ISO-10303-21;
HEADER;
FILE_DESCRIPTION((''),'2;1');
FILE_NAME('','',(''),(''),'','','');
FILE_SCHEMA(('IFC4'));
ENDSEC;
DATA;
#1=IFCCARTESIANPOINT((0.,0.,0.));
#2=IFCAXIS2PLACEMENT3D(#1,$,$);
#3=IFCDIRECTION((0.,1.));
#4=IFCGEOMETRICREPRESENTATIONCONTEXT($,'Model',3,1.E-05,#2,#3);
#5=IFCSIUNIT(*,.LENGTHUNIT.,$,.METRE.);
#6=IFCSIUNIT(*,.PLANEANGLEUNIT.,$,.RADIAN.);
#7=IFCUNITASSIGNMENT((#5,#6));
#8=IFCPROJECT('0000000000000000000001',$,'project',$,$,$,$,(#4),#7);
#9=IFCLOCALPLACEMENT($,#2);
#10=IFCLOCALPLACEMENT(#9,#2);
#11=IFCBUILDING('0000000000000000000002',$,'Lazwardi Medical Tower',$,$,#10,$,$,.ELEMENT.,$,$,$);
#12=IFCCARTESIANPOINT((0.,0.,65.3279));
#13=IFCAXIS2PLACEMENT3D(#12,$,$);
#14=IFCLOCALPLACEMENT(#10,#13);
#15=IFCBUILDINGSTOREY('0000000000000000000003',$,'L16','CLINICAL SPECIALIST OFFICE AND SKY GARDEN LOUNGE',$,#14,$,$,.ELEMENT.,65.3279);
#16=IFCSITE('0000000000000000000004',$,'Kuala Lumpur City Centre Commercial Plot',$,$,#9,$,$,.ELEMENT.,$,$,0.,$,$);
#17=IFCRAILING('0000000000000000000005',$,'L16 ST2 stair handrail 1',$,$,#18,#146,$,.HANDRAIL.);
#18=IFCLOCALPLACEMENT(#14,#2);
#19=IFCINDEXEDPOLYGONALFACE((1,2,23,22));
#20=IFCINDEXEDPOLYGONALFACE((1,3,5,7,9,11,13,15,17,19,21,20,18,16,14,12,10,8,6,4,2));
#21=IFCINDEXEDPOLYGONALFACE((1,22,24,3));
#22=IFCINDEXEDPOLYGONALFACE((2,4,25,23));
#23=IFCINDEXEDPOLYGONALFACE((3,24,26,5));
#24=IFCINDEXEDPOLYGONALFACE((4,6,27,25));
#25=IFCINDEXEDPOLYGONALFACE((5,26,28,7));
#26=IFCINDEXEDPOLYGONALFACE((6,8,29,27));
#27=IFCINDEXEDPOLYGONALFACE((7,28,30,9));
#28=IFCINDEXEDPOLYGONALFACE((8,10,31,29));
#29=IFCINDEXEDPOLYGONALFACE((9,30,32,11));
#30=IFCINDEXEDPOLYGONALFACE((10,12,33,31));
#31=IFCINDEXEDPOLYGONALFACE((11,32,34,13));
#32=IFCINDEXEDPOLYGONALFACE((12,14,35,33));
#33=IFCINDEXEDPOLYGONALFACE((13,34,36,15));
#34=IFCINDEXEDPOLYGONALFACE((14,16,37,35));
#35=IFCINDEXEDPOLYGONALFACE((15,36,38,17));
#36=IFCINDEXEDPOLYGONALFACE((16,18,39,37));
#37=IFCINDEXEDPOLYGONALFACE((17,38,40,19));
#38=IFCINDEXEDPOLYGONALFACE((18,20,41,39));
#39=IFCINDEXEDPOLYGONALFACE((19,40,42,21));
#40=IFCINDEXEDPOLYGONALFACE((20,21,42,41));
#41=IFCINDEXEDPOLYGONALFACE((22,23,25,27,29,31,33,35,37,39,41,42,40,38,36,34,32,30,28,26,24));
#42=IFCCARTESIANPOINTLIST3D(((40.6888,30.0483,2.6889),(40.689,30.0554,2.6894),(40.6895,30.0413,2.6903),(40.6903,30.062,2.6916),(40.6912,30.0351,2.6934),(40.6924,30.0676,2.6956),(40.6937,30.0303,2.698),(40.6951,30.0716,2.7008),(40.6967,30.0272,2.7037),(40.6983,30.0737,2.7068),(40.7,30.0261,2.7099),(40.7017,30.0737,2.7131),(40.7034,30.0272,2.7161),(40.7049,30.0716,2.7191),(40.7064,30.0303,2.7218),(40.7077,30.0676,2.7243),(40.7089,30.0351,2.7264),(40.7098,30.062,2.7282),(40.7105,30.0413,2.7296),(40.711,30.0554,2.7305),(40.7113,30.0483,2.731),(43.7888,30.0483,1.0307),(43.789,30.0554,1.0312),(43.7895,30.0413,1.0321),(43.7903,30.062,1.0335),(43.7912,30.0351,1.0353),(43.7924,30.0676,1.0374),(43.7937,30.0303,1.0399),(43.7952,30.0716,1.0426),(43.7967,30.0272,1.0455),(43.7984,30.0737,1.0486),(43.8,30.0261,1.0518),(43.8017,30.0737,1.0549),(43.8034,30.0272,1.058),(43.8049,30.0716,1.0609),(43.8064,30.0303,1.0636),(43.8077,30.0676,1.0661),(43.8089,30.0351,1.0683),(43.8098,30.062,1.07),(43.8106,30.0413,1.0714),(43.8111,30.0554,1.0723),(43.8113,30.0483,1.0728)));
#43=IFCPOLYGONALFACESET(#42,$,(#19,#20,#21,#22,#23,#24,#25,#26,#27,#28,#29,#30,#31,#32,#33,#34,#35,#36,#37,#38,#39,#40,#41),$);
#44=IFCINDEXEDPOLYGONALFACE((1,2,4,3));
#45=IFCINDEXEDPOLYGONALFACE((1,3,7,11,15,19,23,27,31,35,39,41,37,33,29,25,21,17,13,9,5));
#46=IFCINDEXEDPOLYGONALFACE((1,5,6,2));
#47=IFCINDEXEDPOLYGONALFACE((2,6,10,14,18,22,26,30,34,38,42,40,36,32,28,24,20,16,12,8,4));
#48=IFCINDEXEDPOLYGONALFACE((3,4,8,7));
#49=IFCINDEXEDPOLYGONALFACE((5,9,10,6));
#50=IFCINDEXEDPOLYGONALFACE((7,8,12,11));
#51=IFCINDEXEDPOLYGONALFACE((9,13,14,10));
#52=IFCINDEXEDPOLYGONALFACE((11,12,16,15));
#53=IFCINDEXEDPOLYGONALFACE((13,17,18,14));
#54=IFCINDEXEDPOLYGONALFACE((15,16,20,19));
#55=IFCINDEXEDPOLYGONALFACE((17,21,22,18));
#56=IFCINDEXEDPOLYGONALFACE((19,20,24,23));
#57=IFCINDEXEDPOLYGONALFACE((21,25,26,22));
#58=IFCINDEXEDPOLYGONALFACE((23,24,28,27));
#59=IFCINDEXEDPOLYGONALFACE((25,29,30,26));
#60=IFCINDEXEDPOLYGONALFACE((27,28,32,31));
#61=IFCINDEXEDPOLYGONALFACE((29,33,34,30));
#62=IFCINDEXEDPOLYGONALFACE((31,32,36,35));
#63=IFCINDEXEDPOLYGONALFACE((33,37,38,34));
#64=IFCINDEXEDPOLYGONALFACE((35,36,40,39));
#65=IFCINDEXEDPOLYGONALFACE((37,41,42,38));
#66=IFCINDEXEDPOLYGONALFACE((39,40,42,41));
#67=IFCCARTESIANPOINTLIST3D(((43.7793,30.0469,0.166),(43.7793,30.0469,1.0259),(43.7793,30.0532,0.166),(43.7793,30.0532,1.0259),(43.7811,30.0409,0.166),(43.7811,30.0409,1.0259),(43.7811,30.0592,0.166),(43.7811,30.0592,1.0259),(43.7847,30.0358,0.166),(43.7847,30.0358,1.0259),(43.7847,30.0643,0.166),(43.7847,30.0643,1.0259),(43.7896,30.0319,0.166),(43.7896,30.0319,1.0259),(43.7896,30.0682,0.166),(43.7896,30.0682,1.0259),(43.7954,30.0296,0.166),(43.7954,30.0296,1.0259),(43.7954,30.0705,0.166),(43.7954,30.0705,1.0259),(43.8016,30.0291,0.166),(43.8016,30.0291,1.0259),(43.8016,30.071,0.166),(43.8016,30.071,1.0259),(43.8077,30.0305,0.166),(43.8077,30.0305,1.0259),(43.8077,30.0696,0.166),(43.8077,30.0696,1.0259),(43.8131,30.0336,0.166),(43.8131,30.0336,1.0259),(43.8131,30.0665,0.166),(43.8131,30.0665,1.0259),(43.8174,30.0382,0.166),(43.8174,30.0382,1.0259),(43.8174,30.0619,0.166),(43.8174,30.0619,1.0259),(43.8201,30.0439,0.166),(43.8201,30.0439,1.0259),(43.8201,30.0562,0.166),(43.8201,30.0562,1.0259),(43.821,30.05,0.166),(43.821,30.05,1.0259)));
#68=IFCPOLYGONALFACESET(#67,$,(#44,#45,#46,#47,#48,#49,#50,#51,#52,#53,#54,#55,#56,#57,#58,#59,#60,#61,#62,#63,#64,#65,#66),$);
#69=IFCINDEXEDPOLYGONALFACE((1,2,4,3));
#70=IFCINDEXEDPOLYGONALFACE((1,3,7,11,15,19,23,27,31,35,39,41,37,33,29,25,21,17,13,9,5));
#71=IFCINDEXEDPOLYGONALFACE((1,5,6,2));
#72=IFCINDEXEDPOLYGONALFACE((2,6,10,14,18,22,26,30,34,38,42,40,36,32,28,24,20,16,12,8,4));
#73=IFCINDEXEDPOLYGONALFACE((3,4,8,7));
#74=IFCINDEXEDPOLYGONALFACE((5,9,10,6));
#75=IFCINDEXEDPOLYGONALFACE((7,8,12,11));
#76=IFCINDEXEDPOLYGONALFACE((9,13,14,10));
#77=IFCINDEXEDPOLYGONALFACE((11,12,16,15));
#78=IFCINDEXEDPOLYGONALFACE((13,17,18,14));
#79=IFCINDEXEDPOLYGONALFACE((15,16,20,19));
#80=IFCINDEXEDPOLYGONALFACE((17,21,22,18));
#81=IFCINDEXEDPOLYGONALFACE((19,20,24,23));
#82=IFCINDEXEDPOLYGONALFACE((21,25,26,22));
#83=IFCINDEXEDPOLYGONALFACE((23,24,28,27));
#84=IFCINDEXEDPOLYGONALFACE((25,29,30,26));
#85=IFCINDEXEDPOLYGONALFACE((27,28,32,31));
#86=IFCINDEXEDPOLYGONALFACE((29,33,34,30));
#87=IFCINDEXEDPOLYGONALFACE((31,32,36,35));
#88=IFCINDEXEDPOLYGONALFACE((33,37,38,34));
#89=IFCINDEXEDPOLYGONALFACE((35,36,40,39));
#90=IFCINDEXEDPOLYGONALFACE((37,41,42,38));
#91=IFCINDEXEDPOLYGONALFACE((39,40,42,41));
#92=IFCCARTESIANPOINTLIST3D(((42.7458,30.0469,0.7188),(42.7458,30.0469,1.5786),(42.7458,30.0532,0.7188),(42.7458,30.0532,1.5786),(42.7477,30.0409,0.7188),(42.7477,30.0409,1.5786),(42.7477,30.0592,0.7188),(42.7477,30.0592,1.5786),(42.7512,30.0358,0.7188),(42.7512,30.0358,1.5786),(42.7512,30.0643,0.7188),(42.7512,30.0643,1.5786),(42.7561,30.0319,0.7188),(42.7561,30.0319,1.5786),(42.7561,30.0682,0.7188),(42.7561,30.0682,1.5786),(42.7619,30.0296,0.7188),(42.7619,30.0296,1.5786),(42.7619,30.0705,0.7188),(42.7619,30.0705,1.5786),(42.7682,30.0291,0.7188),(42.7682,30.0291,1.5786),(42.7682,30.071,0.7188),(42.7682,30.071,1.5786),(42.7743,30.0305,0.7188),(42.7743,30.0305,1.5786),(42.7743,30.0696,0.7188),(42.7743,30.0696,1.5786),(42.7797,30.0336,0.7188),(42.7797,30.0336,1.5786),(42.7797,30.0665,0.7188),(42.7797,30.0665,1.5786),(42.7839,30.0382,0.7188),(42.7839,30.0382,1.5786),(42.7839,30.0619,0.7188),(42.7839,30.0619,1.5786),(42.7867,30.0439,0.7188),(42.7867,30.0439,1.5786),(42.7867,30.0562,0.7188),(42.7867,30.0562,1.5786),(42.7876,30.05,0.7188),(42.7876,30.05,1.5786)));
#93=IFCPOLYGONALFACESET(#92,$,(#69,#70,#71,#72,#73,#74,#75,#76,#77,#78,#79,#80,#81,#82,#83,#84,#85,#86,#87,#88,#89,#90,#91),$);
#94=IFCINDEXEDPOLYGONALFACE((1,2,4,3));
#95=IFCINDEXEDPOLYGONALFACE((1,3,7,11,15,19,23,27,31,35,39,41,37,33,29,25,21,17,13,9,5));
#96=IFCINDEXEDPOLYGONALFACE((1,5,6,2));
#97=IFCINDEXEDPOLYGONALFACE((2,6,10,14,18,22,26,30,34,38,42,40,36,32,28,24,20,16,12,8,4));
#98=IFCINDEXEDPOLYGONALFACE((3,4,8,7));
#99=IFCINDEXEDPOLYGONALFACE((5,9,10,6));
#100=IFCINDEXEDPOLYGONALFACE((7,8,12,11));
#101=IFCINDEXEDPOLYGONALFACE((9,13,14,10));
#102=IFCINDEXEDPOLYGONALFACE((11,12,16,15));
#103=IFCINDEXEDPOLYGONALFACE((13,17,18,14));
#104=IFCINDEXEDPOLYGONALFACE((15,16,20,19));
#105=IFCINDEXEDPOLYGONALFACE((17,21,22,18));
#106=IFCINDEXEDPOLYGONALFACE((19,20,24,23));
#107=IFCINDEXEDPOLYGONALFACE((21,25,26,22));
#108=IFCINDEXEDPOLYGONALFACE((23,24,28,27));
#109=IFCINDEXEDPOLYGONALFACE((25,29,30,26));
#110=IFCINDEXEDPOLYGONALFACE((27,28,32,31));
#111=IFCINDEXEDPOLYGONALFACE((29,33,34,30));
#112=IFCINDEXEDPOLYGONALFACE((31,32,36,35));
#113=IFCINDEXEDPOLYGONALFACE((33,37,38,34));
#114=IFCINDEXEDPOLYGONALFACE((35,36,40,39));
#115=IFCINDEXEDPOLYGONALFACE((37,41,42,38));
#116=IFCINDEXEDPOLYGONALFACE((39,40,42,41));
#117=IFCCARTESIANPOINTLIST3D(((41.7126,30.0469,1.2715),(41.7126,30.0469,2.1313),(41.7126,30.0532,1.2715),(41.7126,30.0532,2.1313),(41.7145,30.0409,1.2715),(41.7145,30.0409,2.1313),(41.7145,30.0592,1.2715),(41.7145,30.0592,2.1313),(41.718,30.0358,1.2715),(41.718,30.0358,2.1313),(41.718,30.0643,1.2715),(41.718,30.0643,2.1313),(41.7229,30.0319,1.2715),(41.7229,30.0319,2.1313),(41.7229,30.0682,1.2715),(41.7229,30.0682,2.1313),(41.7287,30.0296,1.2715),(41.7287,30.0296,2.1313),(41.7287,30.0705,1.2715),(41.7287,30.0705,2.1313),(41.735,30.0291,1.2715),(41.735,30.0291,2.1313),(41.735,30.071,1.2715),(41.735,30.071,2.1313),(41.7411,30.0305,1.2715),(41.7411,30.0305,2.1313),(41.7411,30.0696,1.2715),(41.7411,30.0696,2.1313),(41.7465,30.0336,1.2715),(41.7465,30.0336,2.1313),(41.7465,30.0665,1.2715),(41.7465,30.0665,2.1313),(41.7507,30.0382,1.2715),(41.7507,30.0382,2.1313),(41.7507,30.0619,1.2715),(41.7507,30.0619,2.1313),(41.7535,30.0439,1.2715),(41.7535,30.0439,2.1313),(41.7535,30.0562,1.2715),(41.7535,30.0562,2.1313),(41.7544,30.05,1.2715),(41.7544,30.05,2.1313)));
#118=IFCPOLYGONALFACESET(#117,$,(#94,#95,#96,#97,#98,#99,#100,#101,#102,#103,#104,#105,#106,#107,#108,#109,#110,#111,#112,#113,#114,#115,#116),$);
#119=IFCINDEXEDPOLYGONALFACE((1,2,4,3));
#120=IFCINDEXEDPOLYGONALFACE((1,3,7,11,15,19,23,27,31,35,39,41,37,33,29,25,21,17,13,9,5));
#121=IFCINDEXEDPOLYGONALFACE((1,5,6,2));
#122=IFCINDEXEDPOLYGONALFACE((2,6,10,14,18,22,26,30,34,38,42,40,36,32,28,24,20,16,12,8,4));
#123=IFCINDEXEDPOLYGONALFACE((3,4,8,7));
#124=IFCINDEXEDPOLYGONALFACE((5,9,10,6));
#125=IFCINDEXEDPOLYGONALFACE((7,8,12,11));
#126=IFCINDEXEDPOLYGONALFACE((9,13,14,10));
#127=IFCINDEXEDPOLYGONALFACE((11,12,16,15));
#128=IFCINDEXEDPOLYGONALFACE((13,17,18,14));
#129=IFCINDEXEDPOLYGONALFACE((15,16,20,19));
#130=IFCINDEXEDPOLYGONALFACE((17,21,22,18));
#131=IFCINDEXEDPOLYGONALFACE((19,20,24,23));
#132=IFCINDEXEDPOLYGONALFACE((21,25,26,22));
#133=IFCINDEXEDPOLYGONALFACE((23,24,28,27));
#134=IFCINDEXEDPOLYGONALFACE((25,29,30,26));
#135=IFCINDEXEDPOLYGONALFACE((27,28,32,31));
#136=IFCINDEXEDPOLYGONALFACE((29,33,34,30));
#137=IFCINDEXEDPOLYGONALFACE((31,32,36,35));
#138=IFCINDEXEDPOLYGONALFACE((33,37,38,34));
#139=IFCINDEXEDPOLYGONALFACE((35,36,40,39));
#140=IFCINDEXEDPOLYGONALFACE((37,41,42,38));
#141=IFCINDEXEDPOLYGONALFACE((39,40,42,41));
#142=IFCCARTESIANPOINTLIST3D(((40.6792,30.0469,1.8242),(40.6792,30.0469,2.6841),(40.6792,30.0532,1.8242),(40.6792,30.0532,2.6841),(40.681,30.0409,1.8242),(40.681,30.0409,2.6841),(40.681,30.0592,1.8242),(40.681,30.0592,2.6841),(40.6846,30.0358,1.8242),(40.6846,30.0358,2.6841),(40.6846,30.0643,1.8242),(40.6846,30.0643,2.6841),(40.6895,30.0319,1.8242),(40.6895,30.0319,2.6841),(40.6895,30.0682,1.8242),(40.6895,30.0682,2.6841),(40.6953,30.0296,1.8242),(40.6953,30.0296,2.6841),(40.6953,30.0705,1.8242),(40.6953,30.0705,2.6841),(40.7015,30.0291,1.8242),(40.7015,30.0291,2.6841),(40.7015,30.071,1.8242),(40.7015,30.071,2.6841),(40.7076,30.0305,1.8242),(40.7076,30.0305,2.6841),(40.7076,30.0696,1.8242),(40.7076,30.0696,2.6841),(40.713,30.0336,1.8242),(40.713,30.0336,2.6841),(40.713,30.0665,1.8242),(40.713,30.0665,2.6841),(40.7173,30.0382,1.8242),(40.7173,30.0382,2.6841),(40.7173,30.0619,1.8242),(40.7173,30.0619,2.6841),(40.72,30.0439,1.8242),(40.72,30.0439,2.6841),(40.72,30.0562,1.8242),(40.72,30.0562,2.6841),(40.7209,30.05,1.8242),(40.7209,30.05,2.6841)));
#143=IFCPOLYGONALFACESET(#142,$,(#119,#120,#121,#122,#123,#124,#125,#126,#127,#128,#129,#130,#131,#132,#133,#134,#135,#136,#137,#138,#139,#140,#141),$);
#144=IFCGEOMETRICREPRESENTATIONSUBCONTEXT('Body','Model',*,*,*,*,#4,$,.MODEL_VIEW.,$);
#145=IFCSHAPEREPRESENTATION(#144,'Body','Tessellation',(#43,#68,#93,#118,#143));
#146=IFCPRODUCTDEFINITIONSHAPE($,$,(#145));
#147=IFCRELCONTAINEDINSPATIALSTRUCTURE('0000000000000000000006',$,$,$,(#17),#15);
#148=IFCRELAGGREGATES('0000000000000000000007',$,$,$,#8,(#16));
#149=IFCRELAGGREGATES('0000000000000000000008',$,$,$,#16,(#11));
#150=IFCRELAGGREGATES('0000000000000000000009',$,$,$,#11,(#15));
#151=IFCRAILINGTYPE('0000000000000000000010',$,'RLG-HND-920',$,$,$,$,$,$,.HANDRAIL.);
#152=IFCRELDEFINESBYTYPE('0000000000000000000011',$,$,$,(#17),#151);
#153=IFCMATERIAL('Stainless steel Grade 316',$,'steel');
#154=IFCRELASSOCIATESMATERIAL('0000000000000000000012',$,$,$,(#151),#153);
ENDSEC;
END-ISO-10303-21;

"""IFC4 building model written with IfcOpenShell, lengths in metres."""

from ifc_helpers import new_model, si_unit, direction, frame, origin, origin_2d, place, context, subcontext, project, spatial, circle, extrude, material, type_object, element, save


model = new_model("IFC4")

# Units and contexts
model_context = context("Model", 3, precision=1e-05, world=origin(), true_north=direction((0.0, 1.0)))
body_context = subcontext(model_context, "Body", "Model", "MODEL_VIEW")
ifc_project = project(units=[si_unit("LENGTHUNIT", "METRE"), si_unit("PLANEANGLEUNIT", "RADIAN")], contexts=[model_context])

# Site, building, storey
site_placement = place(None, origin())
site = spatial("IfcSite", under=ifc_project, at=site_placement, Name="Kuala Lumpur City Centre Commercial Plot", CompositionType="ELEMENT", RefElevation=0.0)
building_placement = place(site_placement, origin())
building = spatial("IfcBuilding", under=site, at=building_placement, Name="Lazwardi Medical Tower", CompositionType="ELEMENT")
storey_placement = place(building_placement, frame((0.0, 0.0, 65.3279)))
storey = spatial("IfcBuildingStorey", under=building, at=storey_placement, Name="L16", Description="CLINICAL SPECIALIST OFFICE AND SKY GARDEN LOUNGE", CompositionType="ELEMENT", Elevation=65.3279)

# Railing
ifc_material_1 = material(Name="Stainless steel Grade 316", Category="steel")
railing_type_1 = type_object("IfcRailingType", Name="RLG-HND-920", PredefinedType="HANDRAIL", material=ifc_material_1)
railing_1_placement = place(storey_placement, frame((43.8, 30.05, 0.166)))
element("IfcRailing", 1, at=railing_1_placement, inside=storey, type_object=railing_type_1, Name="L16 ST2 stair handrail 1", PredefinedType="HANDRAIL", context=body_context, shape_type="SweptSolid", body=[
    extrude(circle(Radius=0.0239, at=origin_2d()), frame((0.0, 0.0, 0.8857), z_axis=(-0.881783, 0.0, 0.471655), x_axis=(0.0, -1.0, 0.0)), (0.0, 0.0, 1.0), 3.5156),
    extrude(circle(Radius=0.021, at=origin_2d()), origin(), (0.0, 0.0, 1.0), 0.8599),
    extrude(circle(Radius=0.021, at=origin_2d()), frame((-1.0334, 0.0, 0.5527)), (0.0, 0.0, 1.0), 0.8599),
    extrude(circle(Radius=0.021, at=origin_2d()), frame((-2.0667, 0.0, 1.1055)), (0.0, 0.0, 1.0), 0.8599),
    extrude(circle(Radius=0.021, at=origin_2d()), frame((-3.1001, 0.0, 1.6582)), (0.0, 0.0, 1.0), 0.8599),
])

save(model, "model.ifc")
